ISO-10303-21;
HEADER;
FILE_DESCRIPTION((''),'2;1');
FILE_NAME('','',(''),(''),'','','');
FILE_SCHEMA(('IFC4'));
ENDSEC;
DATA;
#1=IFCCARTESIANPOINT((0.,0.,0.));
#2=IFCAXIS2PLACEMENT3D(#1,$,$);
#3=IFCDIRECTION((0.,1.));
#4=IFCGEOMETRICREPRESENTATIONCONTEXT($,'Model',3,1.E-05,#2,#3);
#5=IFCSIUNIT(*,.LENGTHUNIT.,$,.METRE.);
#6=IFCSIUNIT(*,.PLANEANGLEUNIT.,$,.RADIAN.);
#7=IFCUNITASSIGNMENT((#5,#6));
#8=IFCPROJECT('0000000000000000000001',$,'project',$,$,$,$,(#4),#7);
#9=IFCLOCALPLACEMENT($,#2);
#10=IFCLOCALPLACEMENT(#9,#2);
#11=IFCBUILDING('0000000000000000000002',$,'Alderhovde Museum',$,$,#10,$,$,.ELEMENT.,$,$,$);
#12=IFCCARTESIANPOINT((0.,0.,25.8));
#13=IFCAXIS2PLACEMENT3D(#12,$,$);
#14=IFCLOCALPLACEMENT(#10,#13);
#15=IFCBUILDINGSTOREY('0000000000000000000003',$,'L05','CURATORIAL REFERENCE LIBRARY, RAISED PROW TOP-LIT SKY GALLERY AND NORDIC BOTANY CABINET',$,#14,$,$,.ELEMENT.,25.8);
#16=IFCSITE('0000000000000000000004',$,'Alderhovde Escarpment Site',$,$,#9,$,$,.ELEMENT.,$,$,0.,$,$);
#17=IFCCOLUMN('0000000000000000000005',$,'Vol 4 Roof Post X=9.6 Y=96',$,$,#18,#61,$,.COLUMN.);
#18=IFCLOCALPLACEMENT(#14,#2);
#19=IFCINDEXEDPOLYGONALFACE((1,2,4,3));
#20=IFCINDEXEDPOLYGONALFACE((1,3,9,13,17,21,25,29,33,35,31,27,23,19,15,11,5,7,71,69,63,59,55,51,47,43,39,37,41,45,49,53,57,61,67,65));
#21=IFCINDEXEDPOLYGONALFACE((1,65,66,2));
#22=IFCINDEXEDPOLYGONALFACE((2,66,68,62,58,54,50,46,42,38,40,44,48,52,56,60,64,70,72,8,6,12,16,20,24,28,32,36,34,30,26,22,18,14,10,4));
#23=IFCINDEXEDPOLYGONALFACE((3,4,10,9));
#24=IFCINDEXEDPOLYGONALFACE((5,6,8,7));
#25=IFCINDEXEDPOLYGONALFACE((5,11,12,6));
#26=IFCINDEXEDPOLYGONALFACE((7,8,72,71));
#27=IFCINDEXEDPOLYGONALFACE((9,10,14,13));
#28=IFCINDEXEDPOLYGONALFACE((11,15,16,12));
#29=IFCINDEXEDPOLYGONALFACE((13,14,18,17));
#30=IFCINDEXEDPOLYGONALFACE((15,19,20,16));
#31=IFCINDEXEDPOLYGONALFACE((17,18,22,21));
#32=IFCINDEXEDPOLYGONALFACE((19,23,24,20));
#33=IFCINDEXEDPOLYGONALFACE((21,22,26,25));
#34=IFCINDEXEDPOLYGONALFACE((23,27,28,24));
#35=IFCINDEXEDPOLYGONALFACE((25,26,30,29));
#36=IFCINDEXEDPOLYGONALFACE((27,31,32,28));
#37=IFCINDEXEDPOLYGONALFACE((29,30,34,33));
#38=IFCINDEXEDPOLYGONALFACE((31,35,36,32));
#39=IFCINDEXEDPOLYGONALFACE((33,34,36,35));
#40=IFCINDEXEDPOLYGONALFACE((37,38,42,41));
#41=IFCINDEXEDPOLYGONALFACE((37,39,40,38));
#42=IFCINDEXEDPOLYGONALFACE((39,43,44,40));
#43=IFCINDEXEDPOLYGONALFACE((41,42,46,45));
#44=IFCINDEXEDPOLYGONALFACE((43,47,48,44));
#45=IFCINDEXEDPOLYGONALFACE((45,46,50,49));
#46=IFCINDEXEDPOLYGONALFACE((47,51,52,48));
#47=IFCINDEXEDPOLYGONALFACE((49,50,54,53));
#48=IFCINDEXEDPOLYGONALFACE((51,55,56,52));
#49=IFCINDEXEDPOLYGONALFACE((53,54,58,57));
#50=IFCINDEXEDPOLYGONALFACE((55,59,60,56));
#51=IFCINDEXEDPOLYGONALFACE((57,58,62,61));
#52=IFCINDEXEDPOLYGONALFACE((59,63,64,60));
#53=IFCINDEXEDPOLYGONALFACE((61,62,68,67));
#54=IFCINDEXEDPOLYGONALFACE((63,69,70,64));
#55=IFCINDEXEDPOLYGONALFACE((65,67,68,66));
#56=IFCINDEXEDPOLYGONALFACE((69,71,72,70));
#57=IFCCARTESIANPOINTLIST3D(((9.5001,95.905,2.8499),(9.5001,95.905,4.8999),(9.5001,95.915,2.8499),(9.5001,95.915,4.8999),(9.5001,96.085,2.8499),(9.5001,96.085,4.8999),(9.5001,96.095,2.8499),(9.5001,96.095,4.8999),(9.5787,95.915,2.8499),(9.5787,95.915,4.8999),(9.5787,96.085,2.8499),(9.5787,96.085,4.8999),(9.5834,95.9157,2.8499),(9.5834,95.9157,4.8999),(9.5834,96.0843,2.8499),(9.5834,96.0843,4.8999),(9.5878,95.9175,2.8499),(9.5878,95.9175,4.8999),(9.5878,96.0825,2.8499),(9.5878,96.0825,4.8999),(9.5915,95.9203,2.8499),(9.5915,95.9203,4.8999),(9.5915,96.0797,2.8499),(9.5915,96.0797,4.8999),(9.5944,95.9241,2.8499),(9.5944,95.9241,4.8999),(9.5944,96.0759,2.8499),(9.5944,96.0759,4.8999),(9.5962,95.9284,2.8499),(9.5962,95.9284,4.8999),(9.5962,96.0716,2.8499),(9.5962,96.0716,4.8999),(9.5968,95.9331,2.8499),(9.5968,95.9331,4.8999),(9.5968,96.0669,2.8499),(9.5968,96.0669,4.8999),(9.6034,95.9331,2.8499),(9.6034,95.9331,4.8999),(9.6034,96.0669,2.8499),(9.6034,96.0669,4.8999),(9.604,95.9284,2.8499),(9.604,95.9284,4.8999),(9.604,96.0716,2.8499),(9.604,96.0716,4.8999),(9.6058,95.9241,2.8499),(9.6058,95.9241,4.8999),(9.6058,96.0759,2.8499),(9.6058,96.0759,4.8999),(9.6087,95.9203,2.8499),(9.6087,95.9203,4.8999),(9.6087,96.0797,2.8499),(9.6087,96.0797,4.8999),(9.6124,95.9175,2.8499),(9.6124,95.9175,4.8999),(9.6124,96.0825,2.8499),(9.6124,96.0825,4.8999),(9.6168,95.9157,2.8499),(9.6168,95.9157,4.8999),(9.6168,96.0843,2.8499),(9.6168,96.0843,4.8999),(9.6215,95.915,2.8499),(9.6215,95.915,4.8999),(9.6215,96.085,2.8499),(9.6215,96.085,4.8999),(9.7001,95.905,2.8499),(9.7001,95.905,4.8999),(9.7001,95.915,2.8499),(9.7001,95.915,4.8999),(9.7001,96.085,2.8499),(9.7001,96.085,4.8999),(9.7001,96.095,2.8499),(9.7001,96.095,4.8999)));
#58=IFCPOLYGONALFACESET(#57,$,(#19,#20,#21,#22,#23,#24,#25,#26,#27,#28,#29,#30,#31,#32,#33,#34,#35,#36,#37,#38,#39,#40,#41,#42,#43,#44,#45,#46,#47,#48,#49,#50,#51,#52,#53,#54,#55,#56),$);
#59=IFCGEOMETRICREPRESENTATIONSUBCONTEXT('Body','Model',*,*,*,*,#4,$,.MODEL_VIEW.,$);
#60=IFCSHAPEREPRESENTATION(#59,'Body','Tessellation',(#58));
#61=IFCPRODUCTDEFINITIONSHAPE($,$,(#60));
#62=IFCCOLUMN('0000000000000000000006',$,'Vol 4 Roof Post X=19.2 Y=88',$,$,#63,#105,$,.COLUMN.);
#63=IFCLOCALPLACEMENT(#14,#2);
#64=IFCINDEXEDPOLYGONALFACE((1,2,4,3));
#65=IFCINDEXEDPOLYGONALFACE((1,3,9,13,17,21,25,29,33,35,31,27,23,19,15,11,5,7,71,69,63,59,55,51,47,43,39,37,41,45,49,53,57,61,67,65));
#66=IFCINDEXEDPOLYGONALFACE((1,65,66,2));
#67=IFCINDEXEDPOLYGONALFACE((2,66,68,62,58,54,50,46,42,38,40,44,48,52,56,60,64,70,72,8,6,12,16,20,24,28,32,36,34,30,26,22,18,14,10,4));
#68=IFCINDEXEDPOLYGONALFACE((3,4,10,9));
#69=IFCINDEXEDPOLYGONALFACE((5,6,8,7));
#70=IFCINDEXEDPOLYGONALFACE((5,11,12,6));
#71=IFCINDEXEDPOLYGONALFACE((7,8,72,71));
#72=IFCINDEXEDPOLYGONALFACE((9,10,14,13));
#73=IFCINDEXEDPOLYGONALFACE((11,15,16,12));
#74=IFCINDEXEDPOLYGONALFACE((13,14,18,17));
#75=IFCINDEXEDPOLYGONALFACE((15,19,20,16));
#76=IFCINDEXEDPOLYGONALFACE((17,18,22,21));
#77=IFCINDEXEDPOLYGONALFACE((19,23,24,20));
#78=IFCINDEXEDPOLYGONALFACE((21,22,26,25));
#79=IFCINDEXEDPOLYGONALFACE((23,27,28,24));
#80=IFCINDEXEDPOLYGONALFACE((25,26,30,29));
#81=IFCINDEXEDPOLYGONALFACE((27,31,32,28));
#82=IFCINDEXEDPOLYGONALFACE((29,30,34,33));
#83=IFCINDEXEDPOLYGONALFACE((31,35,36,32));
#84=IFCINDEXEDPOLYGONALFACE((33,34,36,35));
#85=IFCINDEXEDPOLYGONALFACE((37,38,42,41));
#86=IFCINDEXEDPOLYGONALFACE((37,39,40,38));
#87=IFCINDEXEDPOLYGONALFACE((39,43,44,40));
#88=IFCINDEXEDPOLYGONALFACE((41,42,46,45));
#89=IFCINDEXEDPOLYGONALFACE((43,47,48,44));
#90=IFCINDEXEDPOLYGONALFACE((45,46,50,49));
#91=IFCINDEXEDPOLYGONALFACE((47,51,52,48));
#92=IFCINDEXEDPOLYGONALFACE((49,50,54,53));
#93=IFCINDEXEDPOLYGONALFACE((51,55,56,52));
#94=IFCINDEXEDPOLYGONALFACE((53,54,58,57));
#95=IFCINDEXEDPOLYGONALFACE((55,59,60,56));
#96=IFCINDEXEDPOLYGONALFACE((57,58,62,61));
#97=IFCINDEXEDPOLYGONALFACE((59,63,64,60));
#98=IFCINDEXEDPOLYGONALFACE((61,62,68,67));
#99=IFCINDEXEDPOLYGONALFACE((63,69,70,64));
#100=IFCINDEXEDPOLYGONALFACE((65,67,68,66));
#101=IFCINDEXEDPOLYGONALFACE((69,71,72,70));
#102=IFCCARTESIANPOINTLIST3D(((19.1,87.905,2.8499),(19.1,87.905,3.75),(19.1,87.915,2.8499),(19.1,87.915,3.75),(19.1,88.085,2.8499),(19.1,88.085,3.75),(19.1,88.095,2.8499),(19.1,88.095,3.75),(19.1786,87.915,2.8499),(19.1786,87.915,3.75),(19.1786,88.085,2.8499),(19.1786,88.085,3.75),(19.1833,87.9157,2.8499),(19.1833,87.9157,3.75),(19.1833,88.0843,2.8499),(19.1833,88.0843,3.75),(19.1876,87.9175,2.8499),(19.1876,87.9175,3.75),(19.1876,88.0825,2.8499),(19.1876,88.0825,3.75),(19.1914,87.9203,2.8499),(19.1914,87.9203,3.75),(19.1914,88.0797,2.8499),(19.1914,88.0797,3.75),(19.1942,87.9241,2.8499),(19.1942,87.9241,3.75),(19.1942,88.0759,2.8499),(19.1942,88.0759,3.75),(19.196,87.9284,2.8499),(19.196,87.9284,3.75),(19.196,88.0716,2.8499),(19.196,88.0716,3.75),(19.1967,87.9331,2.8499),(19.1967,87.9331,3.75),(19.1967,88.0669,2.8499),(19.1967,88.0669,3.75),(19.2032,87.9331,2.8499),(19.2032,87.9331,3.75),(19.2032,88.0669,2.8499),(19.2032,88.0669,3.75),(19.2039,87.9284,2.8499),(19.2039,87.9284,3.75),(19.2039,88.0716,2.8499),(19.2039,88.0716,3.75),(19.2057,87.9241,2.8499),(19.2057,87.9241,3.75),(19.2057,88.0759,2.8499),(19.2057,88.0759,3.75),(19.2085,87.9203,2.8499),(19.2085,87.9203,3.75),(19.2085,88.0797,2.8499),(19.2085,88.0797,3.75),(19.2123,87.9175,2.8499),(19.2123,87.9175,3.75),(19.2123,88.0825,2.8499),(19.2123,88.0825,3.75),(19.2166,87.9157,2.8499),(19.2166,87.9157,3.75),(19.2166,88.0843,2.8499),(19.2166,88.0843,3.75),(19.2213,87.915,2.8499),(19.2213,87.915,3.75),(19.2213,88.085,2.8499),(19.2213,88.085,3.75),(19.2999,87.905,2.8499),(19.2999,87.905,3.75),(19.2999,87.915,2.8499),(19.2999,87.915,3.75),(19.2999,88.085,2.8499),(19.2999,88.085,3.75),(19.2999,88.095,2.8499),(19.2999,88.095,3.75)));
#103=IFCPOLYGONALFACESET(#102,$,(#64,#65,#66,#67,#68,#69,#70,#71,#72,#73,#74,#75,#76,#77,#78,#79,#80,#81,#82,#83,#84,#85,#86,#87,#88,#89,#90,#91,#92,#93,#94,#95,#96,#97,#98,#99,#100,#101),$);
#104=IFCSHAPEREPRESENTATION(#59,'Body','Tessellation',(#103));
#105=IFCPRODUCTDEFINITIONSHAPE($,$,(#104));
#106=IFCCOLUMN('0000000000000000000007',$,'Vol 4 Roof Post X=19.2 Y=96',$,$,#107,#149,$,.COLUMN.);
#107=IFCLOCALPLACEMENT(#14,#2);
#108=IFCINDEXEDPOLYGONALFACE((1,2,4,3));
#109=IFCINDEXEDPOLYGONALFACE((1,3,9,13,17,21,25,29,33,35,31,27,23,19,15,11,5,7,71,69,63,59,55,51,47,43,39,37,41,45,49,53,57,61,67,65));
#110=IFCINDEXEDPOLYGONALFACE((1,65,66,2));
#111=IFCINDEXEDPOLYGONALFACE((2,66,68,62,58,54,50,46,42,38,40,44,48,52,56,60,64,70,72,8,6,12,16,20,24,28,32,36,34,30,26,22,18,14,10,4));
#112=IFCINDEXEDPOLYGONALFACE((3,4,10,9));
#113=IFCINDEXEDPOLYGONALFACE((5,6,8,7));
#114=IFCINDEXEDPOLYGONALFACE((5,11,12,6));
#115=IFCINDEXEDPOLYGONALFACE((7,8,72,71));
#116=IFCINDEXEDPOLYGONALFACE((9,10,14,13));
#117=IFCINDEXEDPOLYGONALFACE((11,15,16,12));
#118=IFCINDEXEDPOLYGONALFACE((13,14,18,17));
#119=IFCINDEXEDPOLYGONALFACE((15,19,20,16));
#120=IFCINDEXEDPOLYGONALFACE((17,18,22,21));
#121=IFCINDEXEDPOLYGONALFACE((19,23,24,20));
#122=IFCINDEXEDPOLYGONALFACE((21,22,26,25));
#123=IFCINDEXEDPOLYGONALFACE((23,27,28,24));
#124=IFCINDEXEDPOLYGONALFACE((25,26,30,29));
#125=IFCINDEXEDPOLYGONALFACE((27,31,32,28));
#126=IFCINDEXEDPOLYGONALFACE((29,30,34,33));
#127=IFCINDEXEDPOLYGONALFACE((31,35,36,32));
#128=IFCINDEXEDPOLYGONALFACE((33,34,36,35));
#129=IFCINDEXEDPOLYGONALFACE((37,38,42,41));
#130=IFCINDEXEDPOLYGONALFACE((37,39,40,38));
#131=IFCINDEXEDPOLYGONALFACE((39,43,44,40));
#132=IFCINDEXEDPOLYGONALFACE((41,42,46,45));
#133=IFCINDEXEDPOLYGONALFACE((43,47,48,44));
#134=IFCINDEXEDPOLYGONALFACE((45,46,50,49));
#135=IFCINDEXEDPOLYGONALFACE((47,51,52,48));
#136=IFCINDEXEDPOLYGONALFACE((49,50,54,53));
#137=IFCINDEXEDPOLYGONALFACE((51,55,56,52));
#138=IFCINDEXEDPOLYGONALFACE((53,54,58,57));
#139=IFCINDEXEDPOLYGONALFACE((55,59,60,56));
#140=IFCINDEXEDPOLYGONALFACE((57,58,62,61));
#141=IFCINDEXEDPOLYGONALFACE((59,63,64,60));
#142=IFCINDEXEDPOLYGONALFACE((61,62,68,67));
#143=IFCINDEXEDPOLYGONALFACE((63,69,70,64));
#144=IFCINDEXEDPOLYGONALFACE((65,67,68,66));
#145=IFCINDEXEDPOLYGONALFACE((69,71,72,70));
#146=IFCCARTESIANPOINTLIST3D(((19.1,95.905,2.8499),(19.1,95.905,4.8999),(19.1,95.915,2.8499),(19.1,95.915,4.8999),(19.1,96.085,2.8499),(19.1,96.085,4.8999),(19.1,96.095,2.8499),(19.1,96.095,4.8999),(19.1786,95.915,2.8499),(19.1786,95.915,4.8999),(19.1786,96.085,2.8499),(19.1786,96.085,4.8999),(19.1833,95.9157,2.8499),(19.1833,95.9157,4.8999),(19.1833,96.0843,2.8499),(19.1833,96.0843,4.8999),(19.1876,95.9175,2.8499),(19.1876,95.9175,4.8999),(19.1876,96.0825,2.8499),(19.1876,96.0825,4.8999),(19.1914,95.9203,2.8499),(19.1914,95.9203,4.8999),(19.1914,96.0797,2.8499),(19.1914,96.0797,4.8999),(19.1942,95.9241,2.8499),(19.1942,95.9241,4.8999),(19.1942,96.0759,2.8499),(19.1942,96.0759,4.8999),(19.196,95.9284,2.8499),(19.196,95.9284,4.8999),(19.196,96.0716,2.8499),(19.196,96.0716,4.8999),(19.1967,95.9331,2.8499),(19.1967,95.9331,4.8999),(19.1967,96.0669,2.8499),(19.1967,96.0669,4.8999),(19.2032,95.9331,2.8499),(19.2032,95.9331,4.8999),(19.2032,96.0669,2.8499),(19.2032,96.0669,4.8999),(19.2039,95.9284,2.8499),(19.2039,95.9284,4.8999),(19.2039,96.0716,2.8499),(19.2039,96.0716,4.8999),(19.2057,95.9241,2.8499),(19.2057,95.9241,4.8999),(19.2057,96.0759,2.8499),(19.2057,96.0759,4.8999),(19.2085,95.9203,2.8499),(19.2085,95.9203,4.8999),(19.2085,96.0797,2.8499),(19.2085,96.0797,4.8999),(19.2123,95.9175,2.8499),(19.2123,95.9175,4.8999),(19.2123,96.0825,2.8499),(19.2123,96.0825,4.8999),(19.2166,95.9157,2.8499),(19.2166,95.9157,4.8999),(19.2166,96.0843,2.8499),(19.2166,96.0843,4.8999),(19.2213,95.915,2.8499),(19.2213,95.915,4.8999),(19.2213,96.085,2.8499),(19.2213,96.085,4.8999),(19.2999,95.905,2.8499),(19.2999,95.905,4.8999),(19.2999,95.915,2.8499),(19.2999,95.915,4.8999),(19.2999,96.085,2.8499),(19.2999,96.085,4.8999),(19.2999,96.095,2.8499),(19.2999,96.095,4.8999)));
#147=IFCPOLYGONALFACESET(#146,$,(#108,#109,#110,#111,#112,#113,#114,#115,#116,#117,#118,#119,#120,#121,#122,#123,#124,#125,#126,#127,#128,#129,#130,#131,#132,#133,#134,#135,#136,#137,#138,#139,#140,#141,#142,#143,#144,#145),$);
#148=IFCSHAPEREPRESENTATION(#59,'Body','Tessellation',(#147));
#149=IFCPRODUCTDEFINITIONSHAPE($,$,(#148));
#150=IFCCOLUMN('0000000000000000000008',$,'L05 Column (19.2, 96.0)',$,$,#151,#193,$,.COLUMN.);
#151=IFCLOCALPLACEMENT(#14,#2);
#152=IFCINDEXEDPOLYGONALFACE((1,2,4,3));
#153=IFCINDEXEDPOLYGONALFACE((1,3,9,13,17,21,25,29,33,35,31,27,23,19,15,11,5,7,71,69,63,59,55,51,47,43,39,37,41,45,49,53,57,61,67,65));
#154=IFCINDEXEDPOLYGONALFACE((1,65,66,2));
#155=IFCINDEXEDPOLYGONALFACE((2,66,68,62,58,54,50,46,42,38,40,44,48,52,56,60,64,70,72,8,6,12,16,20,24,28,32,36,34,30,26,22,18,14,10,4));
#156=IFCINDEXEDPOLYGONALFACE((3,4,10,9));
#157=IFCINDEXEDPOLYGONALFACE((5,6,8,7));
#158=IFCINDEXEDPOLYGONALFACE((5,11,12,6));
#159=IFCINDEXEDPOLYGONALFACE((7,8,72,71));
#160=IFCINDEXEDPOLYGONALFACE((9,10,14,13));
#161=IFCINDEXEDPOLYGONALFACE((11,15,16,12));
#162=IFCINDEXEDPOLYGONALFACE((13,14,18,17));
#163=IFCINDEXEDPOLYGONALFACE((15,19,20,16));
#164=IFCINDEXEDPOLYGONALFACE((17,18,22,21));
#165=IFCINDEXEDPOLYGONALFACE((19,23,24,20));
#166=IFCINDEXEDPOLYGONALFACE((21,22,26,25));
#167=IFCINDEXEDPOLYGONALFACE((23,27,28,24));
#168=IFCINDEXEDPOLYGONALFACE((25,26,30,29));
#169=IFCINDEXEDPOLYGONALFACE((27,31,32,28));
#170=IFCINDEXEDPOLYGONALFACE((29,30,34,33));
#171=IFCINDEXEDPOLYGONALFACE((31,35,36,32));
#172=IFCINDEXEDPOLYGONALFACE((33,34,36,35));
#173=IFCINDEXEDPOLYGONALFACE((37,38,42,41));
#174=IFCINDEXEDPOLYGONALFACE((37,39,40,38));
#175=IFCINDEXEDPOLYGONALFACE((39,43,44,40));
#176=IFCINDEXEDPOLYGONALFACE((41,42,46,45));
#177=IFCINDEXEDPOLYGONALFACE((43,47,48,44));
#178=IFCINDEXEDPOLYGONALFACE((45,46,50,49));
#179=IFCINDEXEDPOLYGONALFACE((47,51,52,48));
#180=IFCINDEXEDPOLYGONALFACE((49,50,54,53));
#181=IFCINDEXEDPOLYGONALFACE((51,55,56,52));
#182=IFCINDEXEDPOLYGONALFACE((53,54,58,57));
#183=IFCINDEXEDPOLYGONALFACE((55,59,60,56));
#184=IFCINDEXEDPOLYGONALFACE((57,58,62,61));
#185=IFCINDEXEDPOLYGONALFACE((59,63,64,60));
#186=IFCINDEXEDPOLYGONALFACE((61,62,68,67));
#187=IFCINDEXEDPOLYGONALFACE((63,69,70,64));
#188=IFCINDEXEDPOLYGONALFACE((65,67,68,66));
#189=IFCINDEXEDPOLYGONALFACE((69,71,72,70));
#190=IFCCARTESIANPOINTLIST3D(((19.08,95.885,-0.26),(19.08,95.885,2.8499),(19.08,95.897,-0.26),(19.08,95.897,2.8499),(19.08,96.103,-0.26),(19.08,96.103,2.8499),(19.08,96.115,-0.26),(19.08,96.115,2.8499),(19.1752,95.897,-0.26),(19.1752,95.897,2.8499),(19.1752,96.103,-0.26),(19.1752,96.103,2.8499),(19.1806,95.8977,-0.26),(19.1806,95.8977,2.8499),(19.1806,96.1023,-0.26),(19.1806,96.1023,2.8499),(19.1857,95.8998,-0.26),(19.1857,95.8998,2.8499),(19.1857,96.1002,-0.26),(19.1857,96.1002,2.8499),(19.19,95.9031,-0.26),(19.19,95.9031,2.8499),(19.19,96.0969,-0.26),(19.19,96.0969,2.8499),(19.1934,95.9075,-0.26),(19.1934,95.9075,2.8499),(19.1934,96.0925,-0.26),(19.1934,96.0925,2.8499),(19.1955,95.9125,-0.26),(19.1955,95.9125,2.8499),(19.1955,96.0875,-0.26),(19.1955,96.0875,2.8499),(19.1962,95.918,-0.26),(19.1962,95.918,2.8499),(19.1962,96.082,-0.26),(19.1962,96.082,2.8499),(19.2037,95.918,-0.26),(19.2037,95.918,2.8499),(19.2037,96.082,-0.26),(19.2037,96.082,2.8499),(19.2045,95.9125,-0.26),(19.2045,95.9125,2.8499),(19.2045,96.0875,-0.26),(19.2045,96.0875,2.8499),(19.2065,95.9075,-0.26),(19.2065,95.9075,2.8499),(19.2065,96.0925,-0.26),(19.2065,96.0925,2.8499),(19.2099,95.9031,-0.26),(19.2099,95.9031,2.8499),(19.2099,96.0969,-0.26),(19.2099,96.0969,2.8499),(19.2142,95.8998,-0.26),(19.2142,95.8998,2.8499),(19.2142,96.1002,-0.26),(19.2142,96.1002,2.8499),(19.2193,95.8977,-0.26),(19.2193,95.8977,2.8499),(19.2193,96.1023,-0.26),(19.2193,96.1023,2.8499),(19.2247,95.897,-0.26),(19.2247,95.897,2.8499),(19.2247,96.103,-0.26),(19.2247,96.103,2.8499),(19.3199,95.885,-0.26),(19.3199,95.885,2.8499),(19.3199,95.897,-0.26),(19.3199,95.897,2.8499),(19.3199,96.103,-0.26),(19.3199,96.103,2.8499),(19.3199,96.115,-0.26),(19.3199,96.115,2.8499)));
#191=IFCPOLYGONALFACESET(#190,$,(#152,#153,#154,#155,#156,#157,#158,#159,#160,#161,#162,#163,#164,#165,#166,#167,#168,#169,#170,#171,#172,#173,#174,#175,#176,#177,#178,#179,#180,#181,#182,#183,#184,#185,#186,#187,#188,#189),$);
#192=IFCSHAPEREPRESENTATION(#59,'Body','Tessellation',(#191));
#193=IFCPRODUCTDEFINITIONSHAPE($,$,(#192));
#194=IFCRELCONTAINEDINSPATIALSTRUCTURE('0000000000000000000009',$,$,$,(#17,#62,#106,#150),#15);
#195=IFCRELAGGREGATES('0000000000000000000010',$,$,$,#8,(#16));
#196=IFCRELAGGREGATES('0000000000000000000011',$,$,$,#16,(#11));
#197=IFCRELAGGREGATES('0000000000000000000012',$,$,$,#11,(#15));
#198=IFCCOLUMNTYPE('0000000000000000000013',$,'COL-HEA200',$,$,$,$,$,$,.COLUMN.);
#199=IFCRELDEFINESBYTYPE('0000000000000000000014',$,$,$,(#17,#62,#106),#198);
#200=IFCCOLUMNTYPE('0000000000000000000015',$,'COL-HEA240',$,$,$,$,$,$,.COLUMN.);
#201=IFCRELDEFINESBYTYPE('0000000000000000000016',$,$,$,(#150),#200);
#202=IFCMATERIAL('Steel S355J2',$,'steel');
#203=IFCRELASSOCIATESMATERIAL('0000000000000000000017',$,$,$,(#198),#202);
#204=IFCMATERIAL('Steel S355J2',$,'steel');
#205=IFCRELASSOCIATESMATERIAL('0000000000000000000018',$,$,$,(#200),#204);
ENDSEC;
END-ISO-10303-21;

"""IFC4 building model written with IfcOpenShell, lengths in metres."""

from ifc_helpers import new_model, si_unit, direction, frame, origin, origin_2d, place, context, subcontext, project, spatial, i_section, extrude, material, material_profile, profile_set, type_object, element, save


model = new_model("IFC4")

# Units and contexts
model_context = context("Model", 3, precision=1e-05, world=origin(), true_north=direction((0.0, 1.0)))
body_context = subcontext(model_context, "Body", "Model", "MODEL_VIEW")
ifc_project = project(units=[si_unit("LENGTHUNIT", "METRE"), si_unit("PLANEANGLEUNIT", "RADIAN")], contexts=[model_context])

# Site, building, storey
site_placement = place(None, origin())
site = spatial("IfcSite", under=ifc_project, at=site_placement, Name="Alderhovde Escarpment Site", CompositionType="ELEMENT", RefElevation=0.0)
building_placement = place(site_placement, origin())
building = spatial("IfcBuilding", under=site, at=building_placement, Name="Alderhovde Museum", CompositionType="ELEMENT")
storey_placement = place(building_placement, frame((0.0, 0.0, 25.8)))
storey = spatial("IfcBuildingStorey", under=building, at=storey_placement, Name="L05", Description="CURATORIAL REFERENCE LIBRARY, RAISED PROW TOP-LIT SKY GALLERY AND NORDIC BOTANY CABINET", CompositionType="ELEMENT", Elevation=25.8)

# Columns
ifc_material_1 = material(Name="Steel S355J2", Category="steel")
ifc_material_profile_1 = material_profile(ifc_material_1, i_section(OverallWidth=0.2, OverallDepth=0.1899, WebThickness=0.0066, FlangeThickness=0.01, FilletRadius=0.0181, at=origin_2d()), Name="HEA 200")
ifc_profile_set_1 = profile_set([ifc_material_profile_1], Name="Steel S355J2")
column_type_1 = type_object("IfcColumnType", Name="COL-HEA200", PredefinedType="COLUMN", material=ifc_profile_set_1)
column_1_placement = place(storey_placement, frame((9.6001, 96.0, 2.8499), z_axis=(0.0, 0.0, 1.0), x_axis=(1.0, 0.0, 0.0)))
element("IfcColumn", 1, at=column_1_placement, inside=storey, type_object=column_type_1, Name="Vol 4 Roof Post X=9.6 Y=96", PredefinedType="COLUMN", context=body_context, shape_type="SweptSolid", body=[
    extrude(i_section(OverallWidth=0.2, OverallDepth=0.1899, WebThickness=0.0066, FlangeThickness=0.01, FilletRadius=0.0181, at=origin_2d()), origin(), (0.0, 0.0, 1.0), 2.05),
])
column_2_placement = place(storey_placement, frame((19.2, 88.0, 2.8499), z_axis=(0.0, 0.0, 1.0), x_axis=(1.0, 0.0, 0.0)))
element("IfcColumn", 2, at=column_2_placement, inside=storey, type_object=column_type_1, Name="Vol 4 Roof Post X=19.2 Y=88", PredefinedType="COLUMN", context=body_context, shape_type="SweptSolid", body=[
    extrude(i_section(OverallWidth=0.2, OverallDepth=0.1899, WebThickness=0.0066, FlangeThickness=0.01, FilletRadius=0.0181, at=origin_2d()), origin(), (0.0, 0.0, 1.0), 0.9001),
])
column_3_placement = place(storey_placement, frame((19.2, 96.0, 2.8499), z_axis=(0.0, 0.0, 1.0), x_axis=(1.0, 0.0, 0.0)))
element("IfcColumn", 3, at=column_3_placement, inside=storey, type_object=column_type_1, Name="Vol 4 Roof Post X=19.2 Y=96", PredefinedType="COLUMN", context=body_context, shape_type="SweptSolid", body=[
    extrude(i_section(OverallWidth=0.2, OverallDepth=0.1899, WebThickness=0.0066, FlangeThickness=0.01, FilletRadius=0.0181, at=origin_2d()), origin(), (0.0, 0.0, 1.0), 2.05),
])
ifc_material_2 = material(Name="Steel S355J2", Category="steel")
ifc_material_profile_2 = material_profile(ifc_material_2, i_section(OverallWidth=0.24, OverallDepth=0.23, WebThickness=0.0076, FlangeThickness=0.012, FilletRadius=0.021, at=origin_2d()), Name="HEA 240")
ifc_profile_set_2 = profile_set([ifc_material_profile_2], Name="Steel S355J2")
column_type_2 = type_object("IfcColumnType", Name="COL-HEA240", PredefinedType="COLUMN", material=ifc_profile_set_2)
column_4_placement = place(storey_placement, frame((19.2, 96.0, -0.26), z_axis=(0.0, 0.0, 1.0), x_axis=(1.0, 0.0, 0.0)))
element("IfcColumn", 4, at=column_4_placement, inside=storey, type_object=column_type_2, Name="L05 Column (19.2, 96.0)", PredefinedType="COLUMN", context=body_context, shape_type="SweptSolid", body=[
    extrude(i_section(OverallWidth=0.24, OverallDepth=0.23, WebThickness=0.0076, FlangeThickness=0.012, FilletRadius=0.021, at=origin_2d()), origin(), (0.0, 0.0, 1.0), 3.1099),
])

save(model, "model.ifc")
